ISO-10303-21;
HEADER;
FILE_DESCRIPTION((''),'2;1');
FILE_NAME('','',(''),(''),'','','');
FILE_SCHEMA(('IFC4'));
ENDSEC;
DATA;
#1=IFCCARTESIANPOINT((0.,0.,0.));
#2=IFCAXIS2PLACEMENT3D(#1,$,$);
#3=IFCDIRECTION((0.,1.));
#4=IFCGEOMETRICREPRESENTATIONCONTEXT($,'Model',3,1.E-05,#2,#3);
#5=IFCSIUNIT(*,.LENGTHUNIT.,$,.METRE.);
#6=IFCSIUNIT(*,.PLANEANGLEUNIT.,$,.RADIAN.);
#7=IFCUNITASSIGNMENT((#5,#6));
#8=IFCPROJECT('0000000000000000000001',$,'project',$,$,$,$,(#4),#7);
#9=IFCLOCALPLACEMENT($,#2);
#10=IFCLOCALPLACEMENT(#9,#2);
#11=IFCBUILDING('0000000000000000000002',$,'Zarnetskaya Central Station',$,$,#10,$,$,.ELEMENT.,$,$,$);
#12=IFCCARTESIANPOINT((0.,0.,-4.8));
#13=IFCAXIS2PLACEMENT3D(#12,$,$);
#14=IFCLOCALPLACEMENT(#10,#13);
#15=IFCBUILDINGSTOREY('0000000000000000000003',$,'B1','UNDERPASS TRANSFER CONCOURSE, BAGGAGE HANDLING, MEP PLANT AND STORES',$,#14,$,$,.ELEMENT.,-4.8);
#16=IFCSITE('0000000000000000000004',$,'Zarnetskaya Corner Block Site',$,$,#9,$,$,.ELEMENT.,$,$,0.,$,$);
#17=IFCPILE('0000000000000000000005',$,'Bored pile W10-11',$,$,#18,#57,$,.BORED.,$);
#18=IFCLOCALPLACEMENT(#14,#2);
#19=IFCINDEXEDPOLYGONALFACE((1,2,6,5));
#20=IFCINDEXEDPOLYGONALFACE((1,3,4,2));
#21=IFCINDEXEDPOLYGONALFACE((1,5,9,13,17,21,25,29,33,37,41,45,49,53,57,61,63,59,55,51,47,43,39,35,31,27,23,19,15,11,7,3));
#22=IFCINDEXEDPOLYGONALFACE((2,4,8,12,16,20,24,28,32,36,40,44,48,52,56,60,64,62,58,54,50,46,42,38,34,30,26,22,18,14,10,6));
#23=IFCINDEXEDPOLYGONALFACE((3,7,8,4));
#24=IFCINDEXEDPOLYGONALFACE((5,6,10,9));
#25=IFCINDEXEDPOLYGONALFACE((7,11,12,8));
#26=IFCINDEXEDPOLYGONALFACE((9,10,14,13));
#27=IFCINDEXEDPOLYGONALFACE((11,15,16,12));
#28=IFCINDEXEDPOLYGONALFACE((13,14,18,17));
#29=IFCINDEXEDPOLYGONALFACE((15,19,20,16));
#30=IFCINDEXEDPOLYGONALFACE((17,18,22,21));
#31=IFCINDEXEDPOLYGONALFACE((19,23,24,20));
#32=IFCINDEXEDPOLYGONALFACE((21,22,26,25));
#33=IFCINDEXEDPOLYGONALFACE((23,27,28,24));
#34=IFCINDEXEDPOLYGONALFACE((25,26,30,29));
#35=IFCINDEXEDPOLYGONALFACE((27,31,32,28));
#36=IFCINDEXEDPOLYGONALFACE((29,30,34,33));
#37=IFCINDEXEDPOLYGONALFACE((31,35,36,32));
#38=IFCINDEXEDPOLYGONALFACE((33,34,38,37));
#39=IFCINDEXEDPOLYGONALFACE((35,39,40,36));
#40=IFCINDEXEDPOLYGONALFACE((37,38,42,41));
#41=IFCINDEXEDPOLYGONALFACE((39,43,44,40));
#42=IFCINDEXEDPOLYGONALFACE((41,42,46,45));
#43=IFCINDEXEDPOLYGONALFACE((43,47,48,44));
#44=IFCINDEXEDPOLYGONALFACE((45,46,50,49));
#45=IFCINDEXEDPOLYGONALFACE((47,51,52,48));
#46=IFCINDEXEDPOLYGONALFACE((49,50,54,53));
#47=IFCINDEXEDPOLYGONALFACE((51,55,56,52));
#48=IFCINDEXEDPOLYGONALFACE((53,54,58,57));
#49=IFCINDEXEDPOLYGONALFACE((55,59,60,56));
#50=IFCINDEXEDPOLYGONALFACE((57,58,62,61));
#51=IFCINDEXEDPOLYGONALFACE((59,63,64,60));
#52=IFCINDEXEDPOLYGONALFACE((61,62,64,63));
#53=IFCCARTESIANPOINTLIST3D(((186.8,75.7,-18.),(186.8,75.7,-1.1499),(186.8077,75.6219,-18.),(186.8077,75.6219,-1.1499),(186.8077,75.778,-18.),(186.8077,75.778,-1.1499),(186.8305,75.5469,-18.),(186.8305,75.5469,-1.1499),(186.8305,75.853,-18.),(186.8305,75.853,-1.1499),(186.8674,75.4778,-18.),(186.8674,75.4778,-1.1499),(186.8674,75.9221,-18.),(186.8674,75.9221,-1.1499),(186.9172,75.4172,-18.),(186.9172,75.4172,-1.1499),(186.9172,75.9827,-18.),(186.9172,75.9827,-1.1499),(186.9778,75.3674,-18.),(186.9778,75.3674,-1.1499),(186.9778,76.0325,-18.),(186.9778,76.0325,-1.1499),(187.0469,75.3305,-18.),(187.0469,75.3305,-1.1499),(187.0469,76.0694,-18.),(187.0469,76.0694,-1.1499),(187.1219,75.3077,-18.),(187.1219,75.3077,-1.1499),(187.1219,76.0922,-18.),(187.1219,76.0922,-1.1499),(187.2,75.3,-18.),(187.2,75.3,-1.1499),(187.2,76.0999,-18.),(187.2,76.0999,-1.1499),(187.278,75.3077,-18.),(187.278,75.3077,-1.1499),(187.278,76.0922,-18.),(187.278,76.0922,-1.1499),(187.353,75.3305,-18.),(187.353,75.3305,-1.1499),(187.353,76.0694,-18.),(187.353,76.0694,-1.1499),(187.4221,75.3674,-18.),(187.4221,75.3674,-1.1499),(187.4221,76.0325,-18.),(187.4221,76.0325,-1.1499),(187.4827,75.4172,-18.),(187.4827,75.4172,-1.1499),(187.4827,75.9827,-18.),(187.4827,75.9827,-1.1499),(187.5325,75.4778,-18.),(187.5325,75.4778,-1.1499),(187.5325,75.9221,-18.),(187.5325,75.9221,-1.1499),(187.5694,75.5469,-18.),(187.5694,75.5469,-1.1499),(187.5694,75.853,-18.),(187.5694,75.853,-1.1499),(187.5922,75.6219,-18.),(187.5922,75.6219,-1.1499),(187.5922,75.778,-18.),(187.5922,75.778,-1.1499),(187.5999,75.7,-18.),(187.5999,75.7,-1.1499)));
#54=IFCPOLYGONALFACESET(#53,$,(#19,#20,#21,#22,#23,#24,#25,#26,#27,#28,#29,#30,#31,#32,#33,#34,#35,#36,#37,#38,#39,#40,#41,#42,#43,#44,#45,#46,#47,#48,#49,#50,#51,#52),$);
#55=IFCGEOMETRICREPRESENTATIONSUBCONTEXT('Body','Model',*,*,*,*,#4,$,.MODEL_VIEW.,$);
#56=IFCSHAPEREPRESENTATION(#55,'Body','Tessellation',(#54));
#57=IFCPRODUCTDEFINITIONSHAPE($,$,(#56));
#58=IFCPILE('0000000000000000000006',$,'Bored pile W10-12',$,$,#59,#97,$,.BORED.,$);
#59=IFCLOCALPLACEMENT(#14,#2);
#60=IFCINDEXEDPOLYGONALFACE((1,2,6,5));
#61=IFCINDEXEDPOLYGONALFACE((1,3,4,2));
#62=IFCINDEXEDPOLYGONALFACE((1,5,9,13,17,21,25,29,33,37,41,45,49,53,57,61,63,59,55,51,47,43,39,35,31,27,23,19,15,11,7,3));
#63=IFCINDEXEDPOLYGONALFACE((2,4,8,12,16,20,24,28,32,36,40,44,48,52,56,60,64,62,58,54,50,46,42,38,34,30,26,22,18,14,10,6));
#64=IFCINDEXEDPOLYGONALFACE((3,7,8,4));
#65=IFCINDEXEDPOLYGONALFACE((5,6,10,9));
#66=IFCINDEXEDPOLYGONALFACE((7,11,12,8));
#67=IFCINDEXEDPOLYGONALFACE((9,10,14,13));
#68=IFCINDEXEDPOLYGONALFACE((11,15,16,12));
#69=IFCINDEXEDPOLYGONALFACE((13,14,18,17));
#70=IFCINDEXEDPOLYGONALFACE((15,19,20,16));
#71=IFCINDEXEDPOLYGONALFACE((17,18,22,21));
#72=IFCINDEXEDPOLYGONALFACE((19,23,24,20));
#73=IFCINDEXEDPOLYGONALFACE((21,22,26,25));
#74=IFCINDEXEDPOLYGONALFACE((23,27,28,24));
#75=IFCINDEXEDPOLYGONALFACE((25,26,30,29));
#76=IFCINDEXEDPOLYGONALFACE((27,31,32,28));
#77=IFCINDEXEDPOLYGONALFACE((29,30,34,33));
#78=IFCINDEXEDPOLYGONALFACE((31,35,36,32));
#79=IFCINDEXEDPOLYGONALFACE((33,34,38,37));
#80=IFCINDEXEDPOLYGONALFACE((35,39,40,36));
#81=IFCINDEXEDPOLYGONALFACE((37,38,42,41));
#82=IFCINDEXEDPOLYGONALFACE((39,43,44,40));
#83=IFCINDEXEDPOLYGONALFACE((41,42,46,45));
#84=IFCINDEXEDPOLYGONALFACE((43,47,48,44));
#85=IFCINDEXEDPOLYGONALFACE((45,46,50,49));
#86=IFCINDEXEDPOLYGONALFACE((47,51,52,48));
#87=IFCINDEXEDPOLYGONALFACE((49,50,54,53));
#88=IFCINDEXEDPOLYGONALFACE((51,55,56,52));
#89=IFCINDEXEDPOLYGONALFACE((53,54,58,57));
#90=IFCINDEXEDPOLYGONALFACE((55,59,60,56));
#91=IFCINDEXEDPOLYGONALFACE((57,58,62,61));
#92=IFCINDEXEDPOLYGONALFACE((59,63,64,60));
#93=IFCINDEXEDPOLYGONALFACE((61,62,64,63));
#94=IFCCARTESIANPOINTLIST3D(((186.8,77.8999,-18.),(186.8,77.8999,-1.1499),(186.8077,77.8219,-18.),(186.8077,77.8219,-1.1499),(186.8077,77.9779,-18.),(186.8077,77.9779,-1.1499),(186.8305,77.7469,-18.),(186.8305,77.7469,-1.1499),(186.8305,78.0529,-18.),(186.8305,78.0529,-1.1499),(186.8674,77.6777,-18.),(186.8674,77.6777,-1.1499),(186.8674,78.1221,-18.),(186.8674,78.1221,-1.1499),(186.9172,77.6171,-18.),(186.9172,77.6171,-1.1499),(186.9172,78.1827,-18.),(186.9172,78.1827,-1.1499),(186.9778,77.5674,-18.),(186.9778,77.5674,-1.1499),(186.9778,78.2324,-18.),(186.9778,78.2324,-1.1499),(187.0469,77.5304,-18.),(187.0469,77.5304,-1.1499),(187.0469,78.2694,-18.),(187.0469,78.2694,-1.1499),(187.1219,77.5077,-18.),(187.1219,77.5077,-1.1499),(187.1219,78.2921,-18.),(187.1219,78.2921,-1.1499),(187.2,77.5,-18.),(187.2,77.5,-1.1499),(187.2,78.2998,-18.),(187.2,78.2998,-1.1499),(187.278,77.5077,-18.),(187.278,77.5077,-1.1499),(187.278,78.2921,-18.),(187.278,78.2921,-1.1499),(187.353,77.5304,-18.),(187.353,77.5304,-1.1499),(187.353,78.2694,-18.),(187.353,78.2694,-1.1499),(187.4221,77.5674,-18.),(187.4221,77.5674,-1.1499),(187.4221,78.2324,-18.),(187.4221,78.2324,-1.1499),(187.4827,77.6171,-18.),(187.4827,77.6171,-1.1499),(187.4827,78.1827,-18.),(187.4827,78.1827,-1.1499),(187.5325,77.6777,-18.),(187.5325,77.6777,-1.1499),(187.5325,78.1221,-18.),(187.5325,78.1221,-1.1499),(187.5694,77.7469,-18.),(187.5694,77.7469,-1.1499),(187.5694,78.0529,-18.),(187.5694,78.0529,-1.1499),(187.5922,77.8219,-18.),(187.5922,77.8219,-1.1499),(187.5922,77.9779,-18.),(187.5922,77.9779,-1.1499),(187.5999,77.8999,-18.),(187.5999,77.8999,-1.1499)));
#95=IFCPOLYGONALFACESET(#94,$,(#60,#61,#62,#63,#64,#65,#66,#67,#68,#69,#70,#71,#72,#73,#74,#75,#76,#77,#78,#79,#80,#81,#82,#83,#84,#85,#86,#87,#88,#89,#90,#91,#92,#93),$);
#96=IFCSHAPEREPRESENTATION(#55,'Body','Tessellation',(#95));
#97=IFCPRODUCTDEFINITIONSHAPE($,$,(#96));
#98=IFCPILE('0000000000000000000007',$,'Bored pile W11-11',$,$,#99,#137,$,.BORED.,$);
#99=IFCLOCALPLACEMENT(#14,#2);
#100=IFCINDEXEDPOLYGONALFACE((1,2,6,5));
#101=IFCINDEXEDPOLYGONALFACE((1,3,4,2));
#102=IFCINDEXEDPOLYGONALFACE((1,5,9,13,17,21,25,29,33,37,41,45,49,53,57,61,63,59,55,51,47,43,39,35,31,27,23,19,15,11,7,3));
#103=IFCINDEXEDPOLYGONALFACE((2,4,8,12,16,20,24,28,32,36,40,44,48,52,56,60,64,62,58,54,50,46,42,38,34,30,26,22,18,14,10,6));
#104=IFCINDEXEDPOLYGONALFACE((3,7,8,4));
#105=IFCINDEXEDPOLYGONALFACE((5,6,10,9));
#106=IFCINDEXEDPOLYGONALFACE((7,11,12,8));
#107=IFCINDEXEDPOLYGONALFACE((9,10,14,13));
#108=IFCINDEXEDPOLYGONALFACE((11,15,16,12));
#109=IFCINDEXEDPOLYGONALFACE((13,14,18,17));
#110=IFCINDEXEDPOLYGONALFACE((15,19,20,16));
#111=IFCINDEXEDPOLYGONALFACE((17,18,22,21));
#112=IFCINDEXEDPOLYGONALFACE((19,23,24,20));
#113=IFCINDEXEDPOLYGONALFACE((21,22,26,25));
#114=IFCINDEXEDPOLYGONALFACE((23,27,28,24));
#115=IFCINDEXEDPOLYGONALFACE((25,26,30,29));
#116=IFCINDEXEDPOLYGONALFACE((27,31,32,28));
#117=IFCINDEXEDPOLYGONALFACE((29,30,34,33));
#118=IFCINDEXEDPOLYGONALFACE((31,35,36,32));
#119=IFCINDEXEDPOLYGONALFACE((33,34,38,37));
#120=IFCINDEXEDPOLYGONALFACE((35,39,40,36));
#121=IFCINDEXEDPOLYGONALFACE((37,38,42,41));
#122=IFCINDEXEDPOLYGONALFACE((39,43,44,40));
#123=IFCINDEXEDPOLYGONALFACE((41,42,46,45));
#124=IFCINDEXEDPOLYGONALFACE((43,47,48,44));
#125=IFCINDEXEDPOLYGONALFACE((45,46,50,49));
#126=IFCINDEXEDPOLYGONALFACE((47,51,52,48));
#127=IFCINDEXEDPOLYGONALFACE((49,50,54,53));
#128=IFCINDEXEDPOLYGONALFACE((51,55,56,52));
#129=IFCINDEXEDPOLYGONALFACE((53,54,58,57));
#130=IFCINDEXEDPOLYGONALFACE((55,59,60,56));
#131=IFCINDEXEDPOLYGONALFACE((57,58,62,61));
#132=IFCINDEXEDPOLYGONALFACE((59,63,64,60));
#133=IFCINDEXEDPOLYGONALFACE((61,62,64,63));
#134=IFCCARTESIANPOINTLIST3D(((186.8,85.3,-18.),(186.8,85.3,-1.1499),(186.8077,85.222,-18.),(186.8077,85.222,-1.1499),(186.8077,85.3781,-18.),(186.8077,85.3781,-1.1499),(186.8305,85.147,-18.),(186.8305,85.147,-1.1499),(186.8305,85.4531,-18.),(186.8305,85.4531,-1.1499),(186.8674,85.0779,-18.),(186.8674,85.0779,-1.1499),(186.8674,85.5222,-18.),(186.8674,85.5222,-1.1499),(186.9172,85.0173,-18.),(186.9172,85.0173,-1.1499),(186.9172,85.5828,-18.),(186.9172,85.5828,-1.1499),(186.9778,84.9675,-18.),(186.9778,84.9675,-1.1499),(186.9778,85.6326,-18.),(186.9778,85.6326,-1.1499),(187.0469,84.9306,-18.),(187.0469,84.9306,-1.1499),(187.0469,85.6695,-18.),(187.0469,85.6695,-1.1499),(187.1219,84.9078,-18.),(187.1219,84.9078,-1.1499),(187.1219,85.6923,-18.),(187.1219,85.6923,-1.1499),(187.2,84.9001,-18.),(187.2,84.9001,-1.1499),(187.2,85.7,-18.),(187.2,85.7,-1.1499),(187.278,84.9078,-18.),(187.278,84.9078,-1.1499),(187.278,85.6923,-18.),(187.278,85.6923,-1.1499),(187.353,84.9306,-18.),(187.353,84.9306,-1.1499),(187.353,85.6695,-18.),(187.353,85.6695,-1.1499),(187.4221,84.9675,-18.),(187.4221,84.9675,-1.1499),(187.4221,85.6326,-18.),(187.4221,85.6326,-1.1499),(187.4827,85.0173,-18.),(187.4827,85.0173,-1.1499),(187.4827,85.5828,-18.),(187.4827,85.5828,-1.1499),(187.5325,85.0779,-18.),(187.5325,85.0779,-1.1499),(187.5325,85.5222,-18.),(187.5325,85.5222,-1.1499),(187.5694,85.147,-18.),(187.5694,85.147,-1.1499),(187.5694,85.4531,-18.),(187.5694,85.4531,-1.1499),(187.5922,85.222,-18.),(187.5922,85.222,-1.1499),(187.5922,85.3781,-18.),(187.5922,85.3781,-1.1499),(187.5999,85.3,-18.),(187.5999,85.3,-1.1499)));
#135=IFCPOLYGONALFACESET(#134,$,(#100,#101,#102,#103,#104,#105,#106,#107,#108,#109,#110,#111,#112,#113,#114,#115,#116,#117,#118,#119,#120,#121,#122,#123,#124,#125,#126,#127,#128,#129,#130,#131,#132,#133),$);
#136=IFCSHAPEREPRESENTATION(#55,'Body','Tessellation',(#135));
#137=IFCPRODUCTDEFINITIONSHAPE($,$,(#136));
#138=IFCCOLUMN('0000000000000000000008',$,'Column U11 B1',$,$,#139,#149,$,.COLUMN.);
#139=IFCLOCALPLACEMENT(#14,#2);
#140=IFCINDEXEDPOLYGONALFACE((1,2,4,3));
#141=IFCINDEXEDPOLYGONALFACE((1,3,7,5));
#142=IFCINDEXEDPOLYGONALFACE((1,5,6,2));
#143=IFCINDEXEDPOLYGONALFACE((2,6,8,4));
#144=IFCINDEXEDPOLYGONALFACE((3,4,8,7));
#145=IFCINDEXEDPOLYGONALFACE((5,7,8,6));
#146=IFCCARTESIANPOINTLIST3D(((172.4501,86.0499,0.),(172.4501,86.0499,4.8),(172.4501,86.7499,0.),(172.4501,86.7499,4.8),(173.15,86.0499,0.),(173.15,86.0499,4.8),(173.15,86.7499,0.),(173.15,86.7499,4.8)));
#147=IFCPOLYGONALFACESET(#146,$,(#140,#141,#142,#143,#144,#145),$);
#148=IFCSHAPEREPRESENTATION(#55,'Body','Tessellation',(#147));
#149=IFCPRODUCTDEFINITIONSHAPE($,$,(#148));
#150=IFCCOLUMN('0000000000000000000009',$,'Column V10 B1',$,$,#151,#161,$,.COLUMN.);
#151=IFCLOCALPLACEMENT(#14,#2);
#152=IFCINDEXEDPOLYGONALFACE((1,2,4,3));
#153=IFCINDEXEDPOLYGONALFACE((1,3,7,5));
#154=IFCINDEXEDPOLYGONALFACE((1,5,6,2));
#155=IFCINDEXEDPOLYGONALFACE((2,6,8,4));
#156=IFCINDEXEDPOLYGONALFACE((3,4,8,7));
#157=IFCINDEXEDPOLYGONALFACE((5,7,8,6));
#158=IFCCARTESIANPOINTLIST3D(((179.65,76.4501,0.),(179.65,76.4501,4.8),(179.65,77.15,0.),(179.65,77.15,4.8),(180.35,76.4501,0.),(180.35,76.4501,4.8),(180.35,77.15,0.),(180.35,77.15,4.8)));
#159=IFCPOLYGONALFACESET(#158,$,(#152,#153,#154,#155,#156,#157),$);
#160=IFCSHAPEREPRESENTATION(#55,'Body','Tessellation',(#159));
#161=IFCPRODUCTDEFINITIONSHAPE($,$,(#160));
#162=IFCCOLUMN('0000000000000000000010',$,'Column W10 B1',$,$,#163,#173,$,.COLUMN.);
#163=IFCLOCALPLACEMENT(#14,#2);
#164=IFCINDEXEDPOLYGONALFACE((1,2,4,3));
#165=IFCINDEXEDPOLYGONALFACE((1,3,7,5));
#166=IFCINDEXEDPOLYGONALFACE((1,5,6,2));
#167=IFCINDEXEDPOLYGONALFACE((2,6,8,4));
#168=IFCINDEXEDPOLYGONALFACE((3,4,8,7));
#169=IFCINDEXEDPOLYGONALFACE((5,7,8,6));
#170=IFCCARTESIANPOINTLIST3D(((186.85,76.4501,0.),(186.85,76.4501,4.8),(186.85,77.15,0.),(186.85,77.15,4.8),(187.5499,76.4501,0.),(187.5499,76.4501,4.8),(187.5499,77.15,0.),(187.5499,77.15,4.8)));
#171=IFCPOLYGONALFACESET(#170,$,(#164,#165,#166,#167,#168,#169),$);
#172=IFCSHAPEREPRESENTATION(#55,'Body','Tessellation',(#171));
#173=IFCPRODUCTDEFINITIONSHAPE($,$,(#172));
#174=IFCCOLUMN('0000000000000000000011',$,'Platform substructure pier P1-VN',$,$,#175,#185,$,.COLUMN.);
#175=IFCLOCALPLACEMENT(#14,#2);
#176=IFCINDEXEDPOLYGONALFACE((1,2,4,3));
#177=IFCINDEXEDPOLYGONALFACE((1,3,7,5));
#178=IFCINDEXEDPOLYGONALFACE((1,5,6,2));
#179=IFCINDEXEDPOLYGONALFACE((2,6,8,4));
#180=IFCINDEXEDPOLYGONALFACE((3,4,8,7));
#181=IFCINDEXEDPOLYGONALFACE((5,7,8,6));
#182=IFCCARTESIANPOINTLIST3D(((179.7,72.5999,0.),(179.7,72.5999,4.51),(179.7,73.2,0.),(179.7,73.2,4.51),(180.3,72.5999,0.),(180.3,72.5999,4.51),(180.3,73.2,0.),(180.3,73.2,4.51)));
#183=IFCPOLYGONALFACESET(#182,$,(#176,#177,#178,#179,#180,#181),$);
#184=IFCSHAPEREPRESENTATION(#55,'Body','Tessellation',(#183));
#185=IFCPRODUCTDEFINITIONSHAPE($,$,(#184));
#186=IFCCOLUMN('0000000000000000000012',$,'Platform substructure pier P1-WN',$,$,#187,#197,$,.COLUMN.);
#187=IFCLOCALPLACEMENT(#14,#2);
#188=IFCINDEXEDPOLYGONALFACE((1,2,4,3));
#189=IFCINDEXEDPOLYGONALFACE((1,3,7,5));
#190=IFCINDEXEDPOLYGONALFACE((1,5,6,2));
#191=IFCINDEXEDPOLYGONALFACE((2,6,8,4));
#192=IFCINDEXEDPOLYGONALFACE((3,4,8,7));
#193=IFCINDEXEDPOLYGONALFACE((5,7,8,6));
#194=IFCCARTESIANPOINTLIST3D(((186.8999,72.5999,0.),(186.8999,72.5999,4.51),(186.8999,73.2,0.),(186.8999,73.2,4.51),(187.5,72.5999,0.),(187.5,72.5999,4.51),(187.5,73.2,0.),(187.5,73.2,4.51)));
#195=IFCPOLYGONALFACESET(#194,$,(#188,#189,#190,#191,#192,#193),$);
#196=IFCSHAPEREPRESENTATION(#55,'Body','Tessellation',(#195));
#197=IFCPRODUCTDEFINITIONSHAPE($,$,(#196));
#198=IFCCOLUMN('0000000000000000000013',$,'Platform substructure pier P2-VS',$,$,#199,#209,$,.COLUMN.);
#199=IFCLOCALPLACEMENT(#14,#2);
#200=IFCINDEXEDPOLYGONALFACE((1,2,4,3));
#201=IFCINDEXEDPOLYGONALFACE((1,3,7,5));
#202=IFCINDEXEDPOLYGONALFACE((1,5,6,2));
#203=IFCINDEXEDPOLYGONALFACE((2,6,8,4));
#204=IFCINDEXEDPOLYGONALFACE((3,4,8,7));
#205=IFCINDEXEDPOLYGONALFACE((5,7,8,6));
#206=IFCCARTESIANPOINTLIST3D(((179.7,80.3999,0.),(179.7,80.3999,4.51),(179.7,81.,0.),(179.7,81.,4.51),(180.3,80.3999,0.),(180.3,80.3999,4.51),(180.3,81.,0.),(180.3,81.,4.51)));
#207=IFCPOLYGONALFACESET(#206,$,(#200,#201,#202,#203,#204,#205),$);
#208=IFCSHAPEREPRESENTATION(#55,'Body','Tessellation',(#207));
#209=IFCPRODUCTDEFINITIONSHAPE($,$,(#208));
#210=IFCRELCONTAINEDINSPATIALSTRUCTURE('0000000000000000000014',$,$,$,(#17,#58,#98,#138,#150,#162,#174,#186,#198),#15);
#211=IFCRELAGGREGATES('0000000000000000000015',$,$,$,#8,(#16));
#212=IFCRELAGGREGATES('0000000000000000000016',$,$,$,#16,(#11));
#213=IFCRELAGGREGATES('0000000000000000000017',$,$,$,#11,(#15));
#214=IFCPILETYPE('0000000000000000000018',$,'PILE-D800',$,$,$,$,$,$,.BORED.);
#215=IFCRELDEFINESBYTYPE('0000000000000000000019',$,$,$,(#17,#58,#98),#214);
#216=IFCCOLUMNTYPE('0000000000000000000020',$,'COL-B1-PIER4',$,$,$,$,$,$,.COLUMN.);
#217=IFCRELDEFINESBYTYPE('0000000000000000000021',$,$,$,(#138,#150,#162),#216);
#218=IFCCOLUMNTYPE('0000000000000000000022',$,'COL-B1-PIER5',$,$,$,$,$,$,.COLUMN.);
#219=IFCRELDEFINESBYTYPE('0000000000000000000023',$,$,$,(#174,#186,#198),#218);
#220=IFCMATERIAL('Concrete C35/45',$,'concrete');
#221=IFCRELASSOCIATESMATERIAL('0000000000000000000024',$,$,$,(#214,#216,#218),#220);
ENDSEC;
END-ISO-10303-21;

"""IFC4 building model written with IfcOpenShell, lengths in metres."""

from ifc_helpers import new_model, si_unit, direction, frame, origin, origin_2d, place, context, subcontext, project, spatial, rectangle, circle, extrude, material, material_profile, profile_set, type_object, element, save


model = new_model("IFC4")

# Units and contexts
model_context = context("Model", 3, precision=1e-05, world=origin(), true_north=direction((0.0, 1.0)))
body_context = subcontext(model_context, "Body", "Model", "MODEL_VIEW")
ifc_project = project(units=[si_unit("LENGTHUNIT", "METRE"), si_unit("PLANEANGLEUNIT", "RADIAN")], contexts=[model_context])

# Site, building, storey
site_placement = place(None, origin())
site = spatial("IfcSite", under=ifc_project, at=site_placement, Name="Zarnetskaya Corner Block Site", CompositionType="ELEMENT", RefElevation=0.0)
building_placement = place(site_placement, origin())
building = spatial("IfcBuilding", under=site, at=building_placement, Name="Zarnetskaya Central Station", CompositionType="ELEMENT")
storey_placement = place(building_placement, frame((0.0, 0.0, -4.8)))
storey = spatial("IfcBuildingStorey", under=building, at=storey_placement, Name="B1", Description="UNDERPASS TRANSFER CONCOURSE, BAGGAGE HANDLING, MEP PLANT AND STORES", CompositionType="ELEMENT", Elevation=-4.8)

# Shared definitions
ifc_material = material(Name="Concrete C35/45", Category="concrete")

# Piles
ifc_material_profile_1 = material_profile(ifc_material, circle(Radius=0.3999, at=origin_2d()), Name="BORED PILE D800")
ifc_profile_set_1 = profile_set([ifc_material_profile_1], Name="Concrete C35/45")
pile_type = type_object("IfcPileType", Name="PILE-D800", PredefinedType="BORED", material=ifc_profile_set_1)
for number, where, z_axis, x_axis, name in (
    (1, (187.2, 75.7, -1.1499), (0.0, 0.0, -1.0), (1.0, 0.0, 0.0), "Bored pile W10-11"),
    (2, (187.2, 77.8999, -1.1499), (0.0, 0.0, -1.0), (1.0, 0.0, 0.0), "Bored pile W10-12"),
    (3, (187.2, 85.3, -1.1499), (0.0, 0.0, -1.0), (1.0, 0.0, 0.0), "Bored pile W11-11"),
):
    element("IfcPile", number, at=place(storey_placement, frame(where, z_axis=z_axis, x_axis=x_axis)), inside=storey, type_object=pile_type, Name=name, PredefinedType="BORED", context=body_context, shape_type="SweptSolid", body=[
        extrude(circle(Radius=0.3999, at=origin_2d()), origin(), (0.0, 0.0, 1.0), 16.8501),
    ])

# Columns
ifc_material_profile_2 = material_profile(ifc_material, rectangle(XDim=0.7, YDim=0.7, at=origin_2d()), Name="RC 700x700")
ifc_profile_set_2 = profile_set([ifc_material_profile_2], Name="Concrete C35/45")
column_type_1 = type_object("IfcColumnType", Name="COL-B1-PIER4", PredefinedType="COLUMN", material=ifc_profile_set_2)
for number, where, z_axis, x_axis, name in (
    (4, (172.8, 86.3999, 0.0), (0.0, 0.0, 1.0), (1.0, 0.0, 0.0), "Column U11 B1"),
    (5, (180.0, 76.8, 0.0), (0.0, 0.0, 1.0), (1.0, 0.0, 0.0), "Column V10 B1"),
    (6, (187.2, 76.8, 0.0), (0.0, 0.0, 1.0), (1.0, 0.0, 0.0), "Column W10 B1"),
):
    element("IfcColumn", number, at=place(storey_placement, frame(where, z_axis=z_axis, x_axis=x_axis)), inside=storey, type_object=column_type_1, Name=name, PredefinedType="COLUMN", context=body_context, shape_type="SweptSolid", body=[
        extrude(rectangle(XDim=0.7, YDim=0.7, at=origin_2d()), origin(), (0.0, 0.0, 1.0), 4.8),
    ])
ifc_material_profile_3 = material_profile(ifc_material, rectangle(XDim=0.6001, YDim=0.6001, at=origin_2d()), Name="RC 600x600")
ifc_profile_set_3 = profile_set([ifc_material_profile_3], Name="Concrete C35/45")
column_type_2 = type_object("IfcColumnType", Name="COL-B1-PIER5", PredefinedType="COLUMN", material=ifc_profile_set_3)
for number, where, z_axis, x_axis, name in (
    (7, (180.0, 72.8999, 0.0), (0.0, 0.0, 1.0), (1.0, 0.0, 0.0), "Platform substructure pier P1-VN"),
    (8, (187.2, 72.8999, 0.0), (0.0, 0.0, 1.0), (1.0, 0.0, 0.0), "Platform substructure pier P1-WN"),
    (9, (180.0, 80.7, 0.0), (0.0, 0.0, 1.0), (1.0, 0.0, 0.0), "Platform substructure pier P2-VS"),
):
    element("IfcColumn", number, at=place(storey_placement, frame(where, z_axis=z_axis, x_axis=x_axis)), inside=storey, type_object=column_type_2, Name=name, PredefinedType="COLUMN", context=body_context, shape_type="SweptSolid", body=[
        extrude(rectangle(XDim=0.6001, YDim=0.6001, at=origin_2d()), origin(), (0.0, 0.0, 1.0), 4.51),
    ])

save(model, "model.ifc")
